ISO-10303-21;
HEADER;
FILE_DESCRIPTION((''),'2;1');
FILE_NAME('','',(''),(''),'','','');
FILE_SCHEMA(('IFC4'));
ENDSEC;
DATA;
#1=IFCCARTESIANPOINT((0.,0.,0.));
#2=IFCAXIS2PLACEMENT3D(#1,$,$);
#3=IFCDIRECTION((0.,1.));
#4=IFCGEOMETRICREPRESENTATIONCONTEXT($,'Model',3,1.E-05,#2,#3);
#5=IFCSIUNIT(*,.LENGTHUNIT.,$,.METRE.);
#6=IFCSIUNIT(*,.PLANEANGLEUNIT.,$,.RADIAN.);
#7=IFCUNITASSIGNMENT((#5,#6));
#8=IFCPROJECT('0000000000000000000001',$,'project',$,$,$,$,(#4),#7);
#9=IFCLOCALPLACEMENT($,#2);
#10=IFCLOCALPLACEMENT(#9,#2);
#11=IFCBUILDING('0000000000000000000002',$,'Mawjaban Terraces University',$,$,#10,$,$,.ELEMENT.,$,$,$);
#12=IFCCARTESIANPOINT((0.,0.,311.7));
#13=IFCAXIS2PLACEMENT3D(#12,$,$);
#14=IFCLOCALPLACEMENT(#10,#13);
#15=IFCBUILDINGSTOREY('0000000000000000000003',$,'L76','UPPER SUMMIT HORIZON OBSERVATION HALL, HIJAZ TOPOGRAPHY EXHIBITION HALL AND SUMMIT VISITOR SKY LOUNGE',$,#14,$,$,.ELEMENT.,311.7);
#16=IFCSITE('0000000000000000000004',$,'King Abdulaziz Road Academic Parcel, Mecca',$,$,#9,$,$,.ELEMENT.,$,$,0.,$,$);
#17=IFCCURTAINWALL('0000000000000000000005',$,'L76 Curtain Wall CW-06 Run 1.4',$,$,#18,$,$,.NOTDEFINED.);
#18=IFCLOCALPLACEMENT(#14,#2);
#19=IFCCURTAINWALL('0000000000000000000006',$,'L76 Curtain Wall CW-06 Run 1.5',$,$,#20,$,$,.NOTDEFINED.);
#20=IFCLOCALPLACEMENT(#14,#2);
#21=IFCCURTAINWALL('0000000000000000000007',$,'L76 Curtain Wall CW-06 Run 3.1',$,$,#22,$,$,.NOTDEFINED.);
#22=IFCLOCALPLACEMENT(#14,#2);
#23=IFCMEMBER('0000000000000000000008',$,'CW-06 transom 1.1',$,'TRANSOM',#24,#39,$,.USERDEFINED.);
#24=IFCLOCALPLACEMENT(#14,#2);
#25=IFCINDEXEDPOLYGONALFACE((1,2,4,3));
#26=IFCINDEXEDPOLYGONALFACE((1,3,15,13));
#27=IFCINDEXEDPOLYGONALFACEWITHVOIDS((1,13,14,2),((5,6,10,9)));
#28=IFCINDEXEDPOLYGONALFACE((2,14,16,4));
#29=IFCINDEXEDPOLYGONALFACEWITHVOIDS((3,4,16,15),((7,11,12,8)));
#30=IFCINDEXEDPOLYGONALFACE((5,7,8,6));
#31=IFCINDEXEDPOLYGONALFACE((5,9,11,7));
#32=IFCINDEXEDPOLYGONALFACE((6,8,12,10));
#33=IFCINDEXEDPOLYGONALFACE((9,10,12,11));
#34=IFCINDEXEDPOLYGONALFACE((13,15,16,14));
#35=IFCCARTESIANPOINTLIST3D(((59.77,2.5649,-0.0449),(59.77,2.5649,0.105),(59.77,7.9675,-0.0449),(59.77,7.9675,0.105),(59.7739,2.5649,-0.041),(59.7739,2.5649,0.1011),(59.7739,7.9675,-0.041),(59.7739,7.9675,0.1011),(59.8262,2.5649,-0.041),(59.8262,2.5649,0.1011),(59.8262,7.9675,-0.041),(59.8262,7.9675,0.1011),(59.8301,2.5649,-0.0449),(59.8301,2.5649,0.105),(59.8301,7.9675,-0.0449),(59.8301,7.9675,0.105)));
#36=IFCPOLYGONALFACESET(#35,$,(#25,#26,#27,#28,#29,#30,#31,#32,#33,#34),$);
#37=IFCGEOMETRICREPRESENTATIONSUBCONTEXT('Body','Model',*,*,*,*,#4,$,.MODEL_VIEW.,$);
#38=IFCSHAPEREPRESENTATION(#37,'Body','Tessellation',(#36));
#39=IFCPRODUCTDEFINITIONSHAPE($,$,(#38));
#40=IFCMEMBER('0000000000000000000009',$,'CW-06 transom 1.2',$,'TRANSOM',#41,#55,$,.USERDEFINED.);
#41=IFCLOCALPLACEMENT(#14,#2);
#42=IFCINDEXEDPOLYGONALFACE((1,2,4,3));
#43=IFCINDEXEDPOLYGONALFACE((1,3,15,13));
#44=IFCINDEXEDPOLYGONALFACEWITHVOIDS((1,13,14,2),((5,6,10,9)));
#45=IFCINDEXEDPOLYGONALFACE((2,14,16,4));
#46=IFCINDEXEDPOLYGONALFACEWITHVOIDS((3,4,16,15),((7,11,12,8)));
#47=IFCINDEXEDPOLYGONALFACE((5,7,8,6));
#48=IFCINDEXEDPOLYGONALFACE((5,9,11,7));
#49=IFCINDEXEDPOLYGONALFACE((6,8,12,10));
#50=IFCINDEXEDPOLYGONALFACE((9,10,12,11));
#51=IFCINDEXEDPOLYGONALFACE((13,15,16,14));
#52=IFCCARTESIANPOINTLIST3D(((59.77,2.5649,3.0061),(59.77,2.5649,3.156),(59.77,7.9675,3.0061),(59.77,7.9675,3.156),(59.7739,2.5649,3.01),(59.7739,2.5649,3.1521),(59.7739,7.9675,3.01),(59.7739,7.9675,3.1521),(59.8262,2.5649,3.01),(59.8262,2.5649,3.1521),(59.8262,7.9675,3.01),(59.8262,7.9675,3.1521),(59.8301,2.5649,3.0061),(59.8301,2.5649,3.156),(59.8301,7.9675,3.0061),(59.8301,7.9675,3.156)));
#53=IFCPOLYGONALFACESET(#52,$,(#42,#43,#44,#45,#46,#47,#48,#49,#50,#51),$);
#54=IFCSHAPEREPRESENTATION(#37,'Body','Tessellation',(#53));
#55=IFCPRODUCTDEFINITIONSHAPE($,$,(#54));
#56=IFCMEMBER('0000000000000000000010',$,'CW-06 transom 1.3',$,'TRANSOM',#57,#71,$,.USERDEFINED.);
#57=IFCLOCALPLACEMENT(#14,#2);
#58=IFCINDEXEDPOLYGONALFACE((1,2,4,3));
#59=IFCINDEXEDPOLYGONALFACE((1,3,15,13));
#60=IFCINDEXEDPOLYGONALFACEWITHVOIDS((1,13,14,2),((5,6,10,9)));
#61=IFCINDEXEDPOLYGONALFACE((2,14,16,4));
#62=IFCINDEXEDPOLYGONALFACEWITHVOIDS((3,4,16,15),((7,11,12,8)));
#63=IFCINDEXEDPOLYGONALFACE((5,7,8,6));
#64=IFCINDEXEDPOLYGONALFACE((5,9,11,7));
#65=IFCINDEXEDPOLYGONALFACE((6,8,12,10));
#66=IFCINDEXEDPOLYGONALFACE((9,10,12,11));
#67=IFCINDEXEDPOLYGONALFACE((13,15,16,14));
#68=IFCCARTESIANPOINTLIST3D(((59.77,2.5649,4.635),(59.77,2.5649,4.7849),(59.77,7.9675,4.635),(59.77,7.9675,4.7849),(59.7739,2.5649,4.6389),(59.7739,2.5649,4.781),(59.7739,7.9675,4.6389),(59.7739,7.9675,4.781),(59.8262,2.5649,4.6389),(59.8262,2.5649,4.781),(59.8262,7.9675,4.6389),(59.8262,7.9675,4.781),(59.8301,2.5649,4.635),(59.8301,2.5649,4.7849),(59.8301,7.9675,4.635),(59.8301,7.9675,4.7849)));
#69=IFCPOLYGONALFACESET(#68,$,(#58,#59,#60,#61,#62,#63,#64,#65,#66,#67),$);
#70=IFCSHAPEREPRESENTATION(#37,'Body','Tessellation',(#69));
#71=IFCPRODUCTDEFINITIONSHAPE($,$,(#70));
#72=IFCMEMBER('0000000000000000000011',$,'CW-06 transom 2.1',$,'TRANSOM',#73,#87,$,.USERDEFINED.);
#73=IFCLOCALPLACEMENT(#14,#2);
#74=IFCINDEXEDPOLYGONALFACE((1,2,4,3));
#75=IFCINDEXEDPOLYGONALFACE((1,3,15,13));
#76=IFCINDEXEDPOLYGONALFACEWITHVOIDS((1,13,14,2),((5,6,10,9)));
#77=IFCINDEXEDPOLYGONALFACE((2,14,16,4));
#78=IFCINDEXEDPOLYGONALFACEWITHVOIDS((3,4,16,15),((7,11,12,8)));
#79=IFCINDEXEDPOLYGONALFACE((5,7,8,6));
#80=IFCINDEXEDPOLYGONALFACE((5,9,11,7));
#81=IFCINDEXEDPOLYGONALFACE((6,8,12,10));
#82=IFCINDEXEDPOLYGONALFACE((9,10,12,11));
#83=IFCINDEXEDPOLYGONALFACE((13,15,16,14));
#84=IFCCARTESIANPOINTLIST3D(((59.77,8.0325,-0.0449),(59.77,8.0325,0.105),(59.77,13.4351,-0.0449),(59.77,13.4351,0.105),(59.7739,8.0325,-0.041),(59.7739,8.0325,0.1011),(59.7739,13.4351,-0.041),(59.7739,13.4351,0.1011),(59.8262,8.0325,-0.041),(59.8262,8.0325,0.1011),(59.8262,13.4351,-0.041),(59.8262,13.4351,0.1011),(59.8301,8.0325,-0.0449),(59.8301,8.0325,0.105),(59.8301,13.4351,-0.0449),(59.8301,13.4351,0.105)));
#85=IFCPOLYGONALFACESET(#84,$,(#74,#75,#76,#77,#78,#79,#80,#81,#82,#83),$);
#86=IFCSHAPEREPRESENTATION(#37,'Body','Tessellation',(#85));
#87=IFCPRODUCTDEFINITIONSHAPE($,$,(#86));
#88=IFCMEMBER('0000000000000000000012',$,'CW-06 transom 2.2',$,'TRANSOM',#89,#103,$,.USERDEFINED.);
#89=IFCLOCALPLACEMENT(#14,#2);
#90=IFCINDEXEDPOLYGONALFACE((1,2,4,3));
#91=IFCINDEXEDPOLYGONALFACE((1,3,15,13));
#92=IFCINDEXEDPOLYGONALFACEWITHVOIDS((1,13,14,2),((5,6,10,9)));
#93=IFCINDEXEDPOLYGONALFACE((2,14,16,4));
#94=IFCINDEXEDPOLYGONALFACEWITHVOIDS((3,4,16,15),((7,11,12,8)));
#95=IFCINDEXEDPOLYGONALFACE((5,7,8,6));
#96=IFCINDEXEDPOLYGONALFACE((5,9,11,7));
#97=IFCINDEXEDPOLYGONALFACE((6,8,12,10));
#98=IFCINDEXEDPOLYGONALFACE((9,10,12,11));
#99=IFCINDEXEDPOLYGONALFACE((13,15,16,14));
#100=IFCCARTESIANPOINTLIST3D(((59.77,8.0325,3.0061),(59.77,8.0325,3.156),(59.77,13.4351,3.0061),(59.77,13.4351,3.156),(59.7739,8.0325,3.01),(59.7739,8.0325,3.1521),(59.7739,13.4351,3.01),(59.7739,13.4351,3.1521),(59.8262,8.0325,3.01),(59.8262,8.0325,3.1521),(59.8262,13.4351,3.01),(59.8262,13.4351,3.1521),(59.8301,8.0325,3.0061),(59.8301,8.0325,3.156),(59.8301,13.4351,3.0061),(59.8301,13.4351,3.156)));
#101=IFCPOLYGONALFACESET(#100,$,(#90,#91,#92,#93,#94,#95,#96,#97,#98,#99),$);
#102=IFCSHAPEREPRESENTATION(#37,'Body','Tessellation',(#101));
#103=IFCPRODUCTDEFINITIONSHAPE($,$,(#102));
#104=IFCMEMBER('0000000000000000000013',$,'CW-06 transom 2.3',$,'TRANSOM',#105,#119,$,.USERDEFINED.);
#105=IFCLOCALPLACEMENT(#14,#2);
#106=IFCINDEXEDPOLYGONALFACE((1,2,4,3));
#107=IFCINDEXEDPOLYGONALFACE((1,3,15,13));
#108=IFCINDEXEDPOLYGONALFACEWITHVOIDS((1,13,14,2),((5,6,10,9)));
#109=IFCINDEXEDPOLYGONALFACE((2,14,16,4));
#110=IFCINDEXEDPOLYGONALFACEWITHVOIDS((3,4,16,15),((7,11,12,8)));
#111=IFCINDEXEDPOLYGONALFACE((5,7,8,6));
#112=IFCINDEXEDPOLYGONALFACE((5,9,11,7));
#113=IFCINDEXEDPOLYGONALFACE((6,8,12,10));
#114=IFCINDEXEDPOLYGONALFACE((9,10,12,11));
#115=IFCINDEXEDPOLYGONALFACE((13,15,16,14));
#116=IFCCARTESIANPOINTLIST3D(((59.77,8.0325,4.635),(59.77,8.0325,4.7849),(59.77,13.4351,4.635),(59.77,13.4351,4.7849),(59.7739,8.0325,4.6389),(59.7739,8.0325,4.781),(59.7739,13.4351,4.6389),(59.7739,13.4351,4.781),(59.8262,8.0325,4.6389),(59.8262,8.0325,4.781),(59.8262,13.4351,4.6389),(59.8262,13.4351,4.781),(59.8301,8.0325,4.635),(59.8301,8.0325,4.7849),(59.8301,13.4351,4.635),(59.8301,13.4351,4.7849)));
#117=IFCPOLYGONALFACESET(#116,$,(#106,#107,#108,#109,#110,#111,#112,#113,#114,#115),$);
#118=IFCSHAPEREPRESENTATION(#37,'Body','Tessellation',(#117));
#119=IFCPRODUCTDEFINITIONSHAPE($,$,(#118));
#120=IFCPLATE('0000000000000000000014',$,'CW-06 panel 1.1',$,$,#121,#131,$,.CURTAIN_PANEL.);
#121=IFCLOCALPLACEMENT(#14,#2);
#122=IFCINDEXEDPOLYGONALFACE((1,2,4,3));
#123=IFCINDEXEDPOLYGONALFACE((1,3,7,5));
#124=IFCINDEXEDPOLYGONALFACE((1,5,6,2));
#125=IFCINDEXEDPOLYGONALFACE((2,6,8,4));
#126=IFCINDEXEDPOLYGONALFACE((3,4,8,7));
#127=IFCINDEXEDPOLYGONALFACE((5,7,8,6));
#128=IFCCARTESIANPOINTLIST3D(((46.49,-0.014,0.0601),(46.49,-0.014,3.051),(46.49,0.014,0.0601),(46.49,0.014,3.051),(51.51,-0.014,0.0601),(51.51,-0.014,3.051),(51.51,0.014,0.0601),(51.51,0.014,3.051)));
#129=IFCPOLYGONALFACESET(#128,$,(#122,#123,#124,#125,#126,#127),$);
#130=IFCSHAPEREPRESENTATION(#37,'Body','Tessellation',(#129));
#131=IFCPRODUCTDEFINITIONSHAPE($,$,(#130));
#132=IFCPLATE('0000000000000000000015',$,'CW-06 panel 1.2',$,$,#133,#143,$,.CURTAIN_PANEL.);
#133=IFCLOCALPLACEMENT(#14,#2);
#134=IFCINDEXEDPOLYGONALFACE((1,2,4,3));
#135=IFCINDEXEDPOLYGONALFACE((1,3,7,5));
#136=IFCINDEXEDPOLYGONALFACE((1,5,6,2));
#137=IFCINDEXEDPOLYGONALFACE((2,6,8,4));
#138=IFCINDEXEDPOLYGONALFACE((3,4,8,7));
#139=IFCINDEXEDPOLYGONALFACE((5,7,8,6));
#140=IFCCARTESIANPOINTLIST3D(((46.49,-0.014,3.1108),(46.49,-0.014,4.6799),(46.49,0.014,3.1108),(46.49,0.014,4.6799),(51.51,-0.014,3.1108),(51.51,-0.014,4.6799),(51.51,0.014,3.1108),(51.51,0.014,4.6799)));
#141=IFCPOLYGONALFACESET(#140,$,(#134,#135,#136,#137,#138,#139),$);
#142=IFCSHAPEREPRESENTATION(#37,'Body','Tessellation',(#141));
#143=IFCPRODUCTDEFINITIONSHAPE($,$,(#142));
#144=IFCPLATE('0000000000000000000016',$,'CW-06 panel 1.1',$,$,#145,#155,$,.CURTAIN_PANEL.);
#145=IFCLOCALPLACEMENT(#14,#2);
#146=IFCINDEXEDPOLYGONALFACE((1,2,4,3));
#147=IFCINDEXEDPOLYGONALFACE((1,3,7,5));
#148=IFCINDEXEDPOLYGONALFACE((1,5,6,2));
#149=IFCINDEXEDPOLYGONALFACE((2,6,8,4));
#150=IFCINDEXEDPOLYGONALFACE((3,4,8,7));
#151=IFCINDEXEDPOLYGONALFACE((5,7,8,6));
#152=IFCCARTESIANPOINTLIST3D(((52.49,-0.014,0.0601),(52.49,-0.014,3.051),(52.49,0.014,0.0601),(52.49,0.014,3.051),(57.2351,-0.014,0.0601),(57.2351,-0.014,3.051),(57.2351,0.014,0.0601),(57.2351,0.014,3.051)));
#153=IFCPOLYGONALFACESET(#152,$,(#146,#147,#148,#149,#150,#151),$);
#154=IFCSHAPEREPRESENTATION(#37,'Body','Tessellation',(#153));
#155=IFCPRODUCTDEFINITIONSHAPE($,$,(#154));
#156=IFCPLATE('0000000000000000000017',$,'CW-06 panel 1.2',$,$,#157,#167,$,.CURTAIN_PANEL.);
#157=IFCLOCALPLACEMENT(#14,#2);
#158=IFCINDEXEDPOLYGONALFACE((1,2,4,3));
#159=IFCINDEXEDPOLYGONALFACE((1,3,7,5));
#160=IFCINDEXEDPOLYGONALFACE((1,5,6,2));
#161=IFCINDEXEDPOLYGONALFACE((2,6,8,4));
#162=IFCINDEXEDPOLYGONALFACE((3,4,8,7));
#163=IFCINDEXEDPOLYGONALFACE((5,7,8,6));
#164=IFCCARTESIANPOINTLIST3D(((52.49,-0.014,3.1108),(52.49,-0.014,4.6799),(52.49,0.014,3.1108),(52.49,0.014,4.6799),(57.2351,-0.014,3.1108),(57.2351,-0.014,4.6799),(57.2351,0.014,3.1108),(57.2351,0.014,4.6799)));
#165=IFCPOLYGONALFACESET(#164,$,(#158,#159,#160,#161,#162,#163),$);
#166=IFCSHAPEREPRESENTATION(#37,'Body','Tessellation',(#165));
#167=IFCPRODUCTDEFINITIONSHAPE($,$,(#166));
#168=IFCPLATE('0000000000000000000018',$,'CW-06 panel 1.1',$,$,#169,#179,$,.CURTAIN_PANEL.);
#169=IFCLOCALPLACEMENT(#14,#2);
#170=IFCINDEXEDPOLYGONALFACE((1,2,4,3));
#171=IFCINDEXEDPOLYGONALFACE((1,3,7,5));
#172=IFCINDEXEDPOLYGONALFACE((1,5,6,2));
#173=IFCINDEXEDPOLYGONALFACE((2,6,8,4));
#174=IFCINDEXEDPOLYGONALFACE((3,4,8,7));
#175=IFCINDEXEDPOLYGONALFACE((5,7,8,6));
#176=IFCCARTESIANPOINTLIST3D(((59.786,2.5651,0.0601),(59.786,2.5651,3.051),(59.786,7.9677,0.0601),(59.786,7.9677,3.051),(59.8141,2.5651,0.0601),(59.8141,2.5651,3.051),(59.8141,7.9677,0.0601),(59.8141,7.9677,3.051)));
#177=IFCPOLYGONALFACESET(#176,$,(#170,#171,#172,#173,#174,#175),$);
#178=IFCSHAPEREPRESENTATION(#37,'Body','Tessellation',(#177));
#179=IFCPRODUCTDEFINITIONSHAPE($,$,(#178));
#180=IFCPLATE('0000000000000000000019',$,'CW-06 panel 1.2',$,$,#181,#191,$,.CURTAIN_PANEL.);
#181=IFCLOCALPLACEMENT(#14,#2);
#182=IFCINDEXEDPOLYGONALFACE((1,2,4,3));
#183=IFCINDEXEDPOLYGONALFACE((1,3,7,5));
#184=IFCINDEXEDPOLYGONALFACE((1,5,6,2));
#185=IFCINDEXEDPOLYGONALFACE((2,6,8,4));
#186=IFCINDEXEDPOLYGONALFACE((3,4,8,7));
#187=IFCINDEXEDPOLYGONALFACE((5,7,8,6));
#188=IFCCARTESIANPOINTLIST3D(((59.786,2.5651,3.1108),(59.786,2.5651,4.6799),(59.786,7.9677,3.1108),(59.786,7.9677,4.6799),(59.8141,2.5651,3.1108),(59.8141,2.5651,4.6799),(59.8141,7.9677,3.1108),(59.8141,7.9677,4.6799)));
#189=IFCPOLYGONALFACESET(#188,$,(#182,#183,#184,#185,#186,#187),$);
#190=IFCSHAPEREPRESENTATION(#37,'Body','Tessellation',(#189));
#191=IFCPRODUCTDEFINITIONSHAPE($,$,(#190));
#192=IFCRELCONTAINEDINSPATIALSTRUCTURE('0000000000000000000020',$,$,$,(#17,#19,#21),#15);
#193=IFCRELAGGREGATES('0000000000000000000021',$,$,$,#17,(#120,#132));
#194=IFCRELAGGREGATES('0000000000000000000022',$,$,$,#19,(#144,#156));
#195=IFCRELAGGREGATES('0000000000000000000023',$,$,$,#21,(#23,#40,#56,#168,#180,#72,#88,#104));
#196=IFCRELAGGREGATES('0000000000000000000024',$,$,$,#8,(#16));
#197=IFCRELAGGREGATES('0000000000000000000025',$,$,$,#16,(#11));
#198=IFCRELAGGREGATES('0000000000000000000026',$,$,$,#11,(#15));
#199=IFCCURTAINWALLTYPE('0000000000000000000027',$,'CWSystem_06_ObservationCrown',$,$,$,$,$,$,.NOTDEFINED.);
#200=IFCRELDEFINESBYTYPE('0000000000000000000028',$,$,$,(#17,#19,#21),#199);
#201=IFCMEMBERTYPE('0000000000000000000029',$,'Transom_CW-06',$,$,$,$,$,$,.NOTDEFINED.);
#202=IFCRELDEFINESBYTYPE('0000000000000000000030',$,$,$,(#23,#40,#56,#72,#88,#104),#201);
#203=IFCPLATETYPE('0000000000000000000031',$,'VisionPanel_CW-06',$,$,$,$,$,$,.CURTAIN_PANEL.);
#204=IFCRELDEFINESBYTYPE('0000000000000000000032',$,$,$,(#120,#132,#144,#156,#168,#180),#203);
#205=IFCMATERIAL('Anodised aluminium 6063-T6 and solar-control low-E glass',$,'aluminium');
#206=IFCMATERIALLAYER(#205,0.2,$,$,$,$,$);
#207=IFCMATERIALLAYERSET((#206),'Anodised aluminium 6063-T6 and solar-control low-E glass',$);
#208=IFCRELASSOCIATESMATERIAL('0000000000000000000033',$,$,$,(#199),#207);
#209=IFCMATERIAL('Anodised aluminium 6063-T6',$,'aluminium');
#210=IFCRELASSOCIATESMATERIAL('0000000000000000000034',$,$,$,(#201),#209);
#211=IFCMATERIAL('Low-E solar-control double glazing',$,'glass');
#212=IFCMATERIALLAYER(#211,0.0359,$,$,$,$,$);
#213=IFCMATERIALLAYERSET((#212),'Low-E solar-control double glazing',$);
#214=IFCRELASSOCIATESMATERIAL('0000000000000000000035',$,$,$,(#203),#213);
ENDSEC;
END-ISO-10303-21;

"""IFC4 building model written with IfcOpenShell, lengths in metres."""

from ifc_helpers import new_model, si_unit, direction, frame, origin, origin_2d, place, context, subcontext, project, spatial, rectangle, hollow_rectangle, extrude, material, layer, layer_set, material_profile, profile_set, type_object, element, aggregate, save


model = new_model("IFC4")

# Units and contexts
model_context = context("Model", 3, precision=1e-05, world=origin(), true_north=direction((0.0, 1.0)))
body_context = subcontext(model_context, "Body", "Model", "MODEL_VIEW")
ifc_project = project(units=[si_unit("LENGTHUNIT", "METRE"), si_unit("PLANEANGLEUNIT", "RADIAN")], contexts=[model_context])

# Site, building, storey
site_placement = place(None, origin())
site = spatial("IfcSite", under=ifc_project, at=site_placement, Name="King Abdulaziz Road Academic Parcel, Mecca", CompositionType="ELEMENT", RefElevation=0.0)
building_placement = place(site_placement, origin())
building = spatial("IfcBuilding", under=site, at=building_placement, Name="Mawjaban Terraces University", CompositionType="ELEMENT")
storey_placement = place(building_placement, frame((0.0, 0.0, 311.7)))
storey = spatial("IfcBuildingStorey", under=building, at=storey_placement, Name="L76", Description="UPPER SUMMIT HORIZON OBSERVATION HALL, HIJAZ TOPOGRAPHY EXHIBITION HALL AND SUMMIT VISITOR SKY LOUNGE", CompositionType="ELEMENT", Elevation=311.7)

# Curtain walls
ifc_material_1 = material(Name="Anodised aluminium 6063-T6 and solar-control low-E glass", Category="aluminium")
ifc_layer_1 = layer(ifc_material_1, 0.2)
ifc_layer_set_1 = layer_set([ifc_layer_1], Name="Anodised aluminium 6063-T6 and solar-control low-E glass")
curtain_wall_type = type_object("IfcCurtainWallType", Name="CWSystem_06_ObservationCrown", PredefinedType="NOTDEFINED", material=ifc_layer_set_1)
curtain_wall_1_placement = place(storey_placement, origin())
curtain_wall_1 = element("IfcCurtainWall", 1, at=curtain_wall_1_placement, inside=storey, type_object=curtain_wall_type, Name="L76 Curtain Wall CW-06 Run 1.4", PredefinedType="NOTDEFINED")
ifc_material_2 = material(Name="Anodised aluminium 6063-T6", Category="aluminium")
curtain_wall_2_placement = place(storey_placement, origin())
curtain_wall_2 = element("IfcCurtainWall", 2, at=curtain_wall_2_placement, inside=storey, type_object=curtain_wall_type, Name="L76 Curtain Wall CW-06 Run 1.5", PredefinedType="NOTDEFINED")
curtain_wall_3_placement = place(storey_placement, origin())
curtain_wall_3 = element("IfcCurtainWall", 3, at=curtain_wall_3_placement, inside=storey, type_object=curtain_wall_type, Name="L76 Curtain Wall CW-06 Run 3.1", PredefinedType="NOTDEFINED")

# Members
ifc_material_profile_1 = material_profile(ifc_material_2, hollow_rectangle(XDim=0.0601, YDim=0.1499, WallThickness=0.0039, at=origin_2d()), Name="ALU150X60X4")
ifc_profile_set_1 = profile_set([ifc_material_profile_1], Name="Anodised aluminium 6063-T6")
member_type_1 = type_object("IfcMemberType", Name="Transom_CW-06", PredefinedType="NOTDEFINED", material=ifc_profile_set_1)
member_1_placement = place(storey_placement, frame((59.8, 2.5649, 0.03), z_axis=(0.0, 1.0, 0.0), x_axis=(-1.0, 0.0, 0.0)))
member_1 = element("IfcMember", 4, at=member_1_placement, type_object=member_type_1, Name="CW-06 transom 1.1", ObjectType="TRANSOM", PredefinedType="USERDEFINED", context=body_context, shape_type="SweptSolid", body=[
    extrude(hollow_rectangle(XDim=0.0601, YDim=0.1499, WallThickness=0.0039, at=origin_2d()), origin(), (0.0, 0.0, 1.0), 5.4026),
])
member_2_placement = place(storey_placement, frame((59.8, 2.5649, 3.0811), z_axis=(0.0, 1.0, 0.0), x_axis=(-1.0, 0.0, 0.0)))
member_2 = element("IfcMember", 5, at=member_2_placement, type_object=member_type_1, Name="CW-06 transom 1.2", ObjectType="TRANSOM", PredefinedType="USERDEFINED", context=body_context, shape_type="SweptSolid", body=[
    extrude(hollow_rectangle(XDim=0.0601, YDim=0.1499, WallThickness=0.0039, at=origin_2d()), origin(), (0.0, 0.0, 1.0), 5.4026),
])
member_3_placement = place(storey_placement, frame((59.8, 2.5649, 4.71), z_axis=(0.0, 1.0, 0.0), x_axis=(-1.0, 0.0, 0.0)))
member_3 = element("IfcMember", 6, at=member_3_placement, type_object=member_type_1, Name="CW-06 transom 1.3", ObjectType="TRANSOM", PredefinedType="USERDEFINED", context=body_context, shape_type="SweptSolid", body=[
    extrude(hollow_rectangle(XDim=0.0601, YDim=0.1499, WallThickness=0.0039, at=origin_2d()), origin(), (0.0, 0.0, 1.0), 5.4026),
])
member_4_placement = place(storey_placement, frame((59.8, 8.0325, 0.03), z_axis=(0.0, 1.0, 0.0), x_axis=(-1.0, 0.0, 0.0)))
member_4 = element("IfcMember", 7, at=member_4_placement, type_object=member_type_1, Name="CW-06 transom 2.1", ObjectType="TRANSOM", PredefinedType="USERDEFINED", context=body_context, shape_type="SweptSolid", body=[
    extrude(hollow_rectangle(XDim=0.0601, YDim=0.1499, WallThickness=0.0039, at=origin_2d()), origin(), (0.0, 0.0, 1.0), 5.4026),
])
member_5_placement = place(storey_placement, frame((59.8, 8.0325, 3.0811), z_axis=(0.0, 1.0, 0.0), x_axis=(-1.0, 0.0, 0.0)))
member_5 = element("IfcMember", 8, at=member_5_placement, type_object=member_type_1, Name="CW-06 transom 2.2", ObjectType="TRANSOM", PredefinedType="USERDEFINED", context=body_context, shape_type="SweptSolid", body=[
    extrude(hollow_rectangle(XDim=0.0601, YDim=0.1499, WallThickness=0.0039, at=origin_2d()), origin(), (0.0, 0.0, 1.0), 5.4026),
])
member_6_placement = place(storey_placement, frame((59.8, 8.0325, 4.71), z_axis=(0.0, 1.0, 0.0), x_axis=(-1.0, 0.0, 0.0)))
member_6 = element("IfcMember", 9, at=member_6_placement, type_object=member_type_1, Name="CW-06 transom 2.3", ObjectType="TRANSOM", PredefinedType="USERDEFINED", context=body_context, shape_type="SweptSolid", body=[
    extrude(hollow_rectangle(XDim=0.0601, YDim=0.1499, WallThickness=0.0039, at=origin_2d()), origin(), (0.0, 0.0, 1.0), 5.4026),
])

# Plates
ifc_material_3 = material(Name="Low-E solar-control double glazing", Category="glass")
ifc_layer_2 = layer(ifc_material_3, 0.0359)
ifc_layer_set_2 = layer_set([ifc_layer_2], Name="Low-E solar-control double glazing")
plate_type = type_object("IfcPlateType", Name="VisionPanel_CW-06", PredefinedType="CURTAIN_PANEL", material=ifc_layer_set_2)
plate_1_placement = place(storey_placement, frame((49.0, 0.0, 0.0601), z_axis=(0.0, 0.0, 1.0), x_axis=(1.0, 0.0, 0.0)))
plate_1 = element("IfcPlate", 10, at=plate_1_placement, type_object=plate_type, Name="CW-06 panel 1.1", PredefinedType="CURTAIN_PANEL", context=body_context, shape_type="SweptSolid", body=[
    extrude(rectangle(XDim=5.02, YDim=0.0281, at=origin_2d()), origin(), (0.0, 0.0, 1.0), 2.991),
])
plate_2_placement = place(storey_placement, frame((49.0, 0.0, 3.1108), z_axis=(0.0, 0.0, 1.0), x_axis=(1.0, 0.0, 0.0)))
plate_2 = element("IfcPlate", 11, at=plate_2_placement, type_object=plate_type, Name="CW-06 panel 1.2", PredefinedType="CURTAIN_PANEL", context=body_context, shape_type="SweptSolid", body=[
    extrude(rectangle(XDim=5.02, YDim=0.0281, at=origin_2d()), origin(), (0.0, 0.0, 1.0), 1.5691),
])
aggregate(curtain_wall_1, [plate_1, plate_2])
plate_3_placement = place(storey_placement, frame((54.8625, 0.0, 0.0601), z_axis=(0.0, 0.0, 1.0), x_axis=(1.0, 0.0, 0.0)))
plate_3 = element("IfcPlate", 12, at=plate_3_placement, type_object=plate_type, Name="CW-06 panel 1.1", PredefinedType="CURTAIN_PANEL", context=body_context, shape_type="SweptSolid", body=[
    extrude(rectangle(XDim=4.7451, YDim=0.0281, at=origin_2d()), origin(), (0.0, 0.0, 1.0), 2.991),
])
plate_4_placement = place(storey_placement, frame((54.8625, 0.0, 3.1108), z_axis=(0.0, 0.0, 1.0), x_axis=(1.0, 0.0, 0.0)))
plate_4 = element("IfcPlate", 13, at=plate_4_placement, type_object=plate_type, Name="CW-06 panel 1.2", PredefinedType="CURTAIN_PANEL", context=body_context, shape_type="SweptSolid", body=[
    extrude(rectangle(XDim=4.7451, YDim=0.0281, at=origin_2d()), origin(), (0.0, 0.0, 1.0), 1.5691),
])
aggregate(curtain_wall_2, [plate_3, plate_4])
plate_5_placement = place(storey_placement, frame((59.8, 5.2664, 0.0601), z_axis=(0.0, 0.0, 1.0), x_axis=(0.0, 1.0, 0.0)))
plate_5 = element("IfcPlate", 14, at=plate_5_placement, type_object=plate_type, Name="CW-06 panel 1.1", PredefinedType="CURTAIN_PANEL", context=body_context, shape_type="SweptSolid", body=[
    extrude(rectangle(XDim=5.4026, YDim=0.0281, at=origin_2d()), origin(), (0.0, 0.0, 1.0), 2.991),
])
plate_6_placement = place(storey_placement, frame((59.8, 5.2664, 3.1108), z_axis=(0.0, 0.0, 1.0), x_axis=(0.0, 1.0, 0.0)))
plate_6 = element("IfcPlate", 15, at=plate_6_placement, type_object=plate_type, Name="CW-06 panel 1.2", PredefinedType="CURTAIN_PANEL", context=body_context, shape_type="SweptSolid", body=[
    extrude(rectangle(XDim=5.4026, YDim=0.0281, at=origin_2d()), origin(), (0.0, 0.0, 1.0), 1.5691),
])
aggregate(curtain_wall_3, [member_1, member_2, member_3, plate_5, plate_6, member_4, member_5, member_6])

save(model, "model.ifc")
